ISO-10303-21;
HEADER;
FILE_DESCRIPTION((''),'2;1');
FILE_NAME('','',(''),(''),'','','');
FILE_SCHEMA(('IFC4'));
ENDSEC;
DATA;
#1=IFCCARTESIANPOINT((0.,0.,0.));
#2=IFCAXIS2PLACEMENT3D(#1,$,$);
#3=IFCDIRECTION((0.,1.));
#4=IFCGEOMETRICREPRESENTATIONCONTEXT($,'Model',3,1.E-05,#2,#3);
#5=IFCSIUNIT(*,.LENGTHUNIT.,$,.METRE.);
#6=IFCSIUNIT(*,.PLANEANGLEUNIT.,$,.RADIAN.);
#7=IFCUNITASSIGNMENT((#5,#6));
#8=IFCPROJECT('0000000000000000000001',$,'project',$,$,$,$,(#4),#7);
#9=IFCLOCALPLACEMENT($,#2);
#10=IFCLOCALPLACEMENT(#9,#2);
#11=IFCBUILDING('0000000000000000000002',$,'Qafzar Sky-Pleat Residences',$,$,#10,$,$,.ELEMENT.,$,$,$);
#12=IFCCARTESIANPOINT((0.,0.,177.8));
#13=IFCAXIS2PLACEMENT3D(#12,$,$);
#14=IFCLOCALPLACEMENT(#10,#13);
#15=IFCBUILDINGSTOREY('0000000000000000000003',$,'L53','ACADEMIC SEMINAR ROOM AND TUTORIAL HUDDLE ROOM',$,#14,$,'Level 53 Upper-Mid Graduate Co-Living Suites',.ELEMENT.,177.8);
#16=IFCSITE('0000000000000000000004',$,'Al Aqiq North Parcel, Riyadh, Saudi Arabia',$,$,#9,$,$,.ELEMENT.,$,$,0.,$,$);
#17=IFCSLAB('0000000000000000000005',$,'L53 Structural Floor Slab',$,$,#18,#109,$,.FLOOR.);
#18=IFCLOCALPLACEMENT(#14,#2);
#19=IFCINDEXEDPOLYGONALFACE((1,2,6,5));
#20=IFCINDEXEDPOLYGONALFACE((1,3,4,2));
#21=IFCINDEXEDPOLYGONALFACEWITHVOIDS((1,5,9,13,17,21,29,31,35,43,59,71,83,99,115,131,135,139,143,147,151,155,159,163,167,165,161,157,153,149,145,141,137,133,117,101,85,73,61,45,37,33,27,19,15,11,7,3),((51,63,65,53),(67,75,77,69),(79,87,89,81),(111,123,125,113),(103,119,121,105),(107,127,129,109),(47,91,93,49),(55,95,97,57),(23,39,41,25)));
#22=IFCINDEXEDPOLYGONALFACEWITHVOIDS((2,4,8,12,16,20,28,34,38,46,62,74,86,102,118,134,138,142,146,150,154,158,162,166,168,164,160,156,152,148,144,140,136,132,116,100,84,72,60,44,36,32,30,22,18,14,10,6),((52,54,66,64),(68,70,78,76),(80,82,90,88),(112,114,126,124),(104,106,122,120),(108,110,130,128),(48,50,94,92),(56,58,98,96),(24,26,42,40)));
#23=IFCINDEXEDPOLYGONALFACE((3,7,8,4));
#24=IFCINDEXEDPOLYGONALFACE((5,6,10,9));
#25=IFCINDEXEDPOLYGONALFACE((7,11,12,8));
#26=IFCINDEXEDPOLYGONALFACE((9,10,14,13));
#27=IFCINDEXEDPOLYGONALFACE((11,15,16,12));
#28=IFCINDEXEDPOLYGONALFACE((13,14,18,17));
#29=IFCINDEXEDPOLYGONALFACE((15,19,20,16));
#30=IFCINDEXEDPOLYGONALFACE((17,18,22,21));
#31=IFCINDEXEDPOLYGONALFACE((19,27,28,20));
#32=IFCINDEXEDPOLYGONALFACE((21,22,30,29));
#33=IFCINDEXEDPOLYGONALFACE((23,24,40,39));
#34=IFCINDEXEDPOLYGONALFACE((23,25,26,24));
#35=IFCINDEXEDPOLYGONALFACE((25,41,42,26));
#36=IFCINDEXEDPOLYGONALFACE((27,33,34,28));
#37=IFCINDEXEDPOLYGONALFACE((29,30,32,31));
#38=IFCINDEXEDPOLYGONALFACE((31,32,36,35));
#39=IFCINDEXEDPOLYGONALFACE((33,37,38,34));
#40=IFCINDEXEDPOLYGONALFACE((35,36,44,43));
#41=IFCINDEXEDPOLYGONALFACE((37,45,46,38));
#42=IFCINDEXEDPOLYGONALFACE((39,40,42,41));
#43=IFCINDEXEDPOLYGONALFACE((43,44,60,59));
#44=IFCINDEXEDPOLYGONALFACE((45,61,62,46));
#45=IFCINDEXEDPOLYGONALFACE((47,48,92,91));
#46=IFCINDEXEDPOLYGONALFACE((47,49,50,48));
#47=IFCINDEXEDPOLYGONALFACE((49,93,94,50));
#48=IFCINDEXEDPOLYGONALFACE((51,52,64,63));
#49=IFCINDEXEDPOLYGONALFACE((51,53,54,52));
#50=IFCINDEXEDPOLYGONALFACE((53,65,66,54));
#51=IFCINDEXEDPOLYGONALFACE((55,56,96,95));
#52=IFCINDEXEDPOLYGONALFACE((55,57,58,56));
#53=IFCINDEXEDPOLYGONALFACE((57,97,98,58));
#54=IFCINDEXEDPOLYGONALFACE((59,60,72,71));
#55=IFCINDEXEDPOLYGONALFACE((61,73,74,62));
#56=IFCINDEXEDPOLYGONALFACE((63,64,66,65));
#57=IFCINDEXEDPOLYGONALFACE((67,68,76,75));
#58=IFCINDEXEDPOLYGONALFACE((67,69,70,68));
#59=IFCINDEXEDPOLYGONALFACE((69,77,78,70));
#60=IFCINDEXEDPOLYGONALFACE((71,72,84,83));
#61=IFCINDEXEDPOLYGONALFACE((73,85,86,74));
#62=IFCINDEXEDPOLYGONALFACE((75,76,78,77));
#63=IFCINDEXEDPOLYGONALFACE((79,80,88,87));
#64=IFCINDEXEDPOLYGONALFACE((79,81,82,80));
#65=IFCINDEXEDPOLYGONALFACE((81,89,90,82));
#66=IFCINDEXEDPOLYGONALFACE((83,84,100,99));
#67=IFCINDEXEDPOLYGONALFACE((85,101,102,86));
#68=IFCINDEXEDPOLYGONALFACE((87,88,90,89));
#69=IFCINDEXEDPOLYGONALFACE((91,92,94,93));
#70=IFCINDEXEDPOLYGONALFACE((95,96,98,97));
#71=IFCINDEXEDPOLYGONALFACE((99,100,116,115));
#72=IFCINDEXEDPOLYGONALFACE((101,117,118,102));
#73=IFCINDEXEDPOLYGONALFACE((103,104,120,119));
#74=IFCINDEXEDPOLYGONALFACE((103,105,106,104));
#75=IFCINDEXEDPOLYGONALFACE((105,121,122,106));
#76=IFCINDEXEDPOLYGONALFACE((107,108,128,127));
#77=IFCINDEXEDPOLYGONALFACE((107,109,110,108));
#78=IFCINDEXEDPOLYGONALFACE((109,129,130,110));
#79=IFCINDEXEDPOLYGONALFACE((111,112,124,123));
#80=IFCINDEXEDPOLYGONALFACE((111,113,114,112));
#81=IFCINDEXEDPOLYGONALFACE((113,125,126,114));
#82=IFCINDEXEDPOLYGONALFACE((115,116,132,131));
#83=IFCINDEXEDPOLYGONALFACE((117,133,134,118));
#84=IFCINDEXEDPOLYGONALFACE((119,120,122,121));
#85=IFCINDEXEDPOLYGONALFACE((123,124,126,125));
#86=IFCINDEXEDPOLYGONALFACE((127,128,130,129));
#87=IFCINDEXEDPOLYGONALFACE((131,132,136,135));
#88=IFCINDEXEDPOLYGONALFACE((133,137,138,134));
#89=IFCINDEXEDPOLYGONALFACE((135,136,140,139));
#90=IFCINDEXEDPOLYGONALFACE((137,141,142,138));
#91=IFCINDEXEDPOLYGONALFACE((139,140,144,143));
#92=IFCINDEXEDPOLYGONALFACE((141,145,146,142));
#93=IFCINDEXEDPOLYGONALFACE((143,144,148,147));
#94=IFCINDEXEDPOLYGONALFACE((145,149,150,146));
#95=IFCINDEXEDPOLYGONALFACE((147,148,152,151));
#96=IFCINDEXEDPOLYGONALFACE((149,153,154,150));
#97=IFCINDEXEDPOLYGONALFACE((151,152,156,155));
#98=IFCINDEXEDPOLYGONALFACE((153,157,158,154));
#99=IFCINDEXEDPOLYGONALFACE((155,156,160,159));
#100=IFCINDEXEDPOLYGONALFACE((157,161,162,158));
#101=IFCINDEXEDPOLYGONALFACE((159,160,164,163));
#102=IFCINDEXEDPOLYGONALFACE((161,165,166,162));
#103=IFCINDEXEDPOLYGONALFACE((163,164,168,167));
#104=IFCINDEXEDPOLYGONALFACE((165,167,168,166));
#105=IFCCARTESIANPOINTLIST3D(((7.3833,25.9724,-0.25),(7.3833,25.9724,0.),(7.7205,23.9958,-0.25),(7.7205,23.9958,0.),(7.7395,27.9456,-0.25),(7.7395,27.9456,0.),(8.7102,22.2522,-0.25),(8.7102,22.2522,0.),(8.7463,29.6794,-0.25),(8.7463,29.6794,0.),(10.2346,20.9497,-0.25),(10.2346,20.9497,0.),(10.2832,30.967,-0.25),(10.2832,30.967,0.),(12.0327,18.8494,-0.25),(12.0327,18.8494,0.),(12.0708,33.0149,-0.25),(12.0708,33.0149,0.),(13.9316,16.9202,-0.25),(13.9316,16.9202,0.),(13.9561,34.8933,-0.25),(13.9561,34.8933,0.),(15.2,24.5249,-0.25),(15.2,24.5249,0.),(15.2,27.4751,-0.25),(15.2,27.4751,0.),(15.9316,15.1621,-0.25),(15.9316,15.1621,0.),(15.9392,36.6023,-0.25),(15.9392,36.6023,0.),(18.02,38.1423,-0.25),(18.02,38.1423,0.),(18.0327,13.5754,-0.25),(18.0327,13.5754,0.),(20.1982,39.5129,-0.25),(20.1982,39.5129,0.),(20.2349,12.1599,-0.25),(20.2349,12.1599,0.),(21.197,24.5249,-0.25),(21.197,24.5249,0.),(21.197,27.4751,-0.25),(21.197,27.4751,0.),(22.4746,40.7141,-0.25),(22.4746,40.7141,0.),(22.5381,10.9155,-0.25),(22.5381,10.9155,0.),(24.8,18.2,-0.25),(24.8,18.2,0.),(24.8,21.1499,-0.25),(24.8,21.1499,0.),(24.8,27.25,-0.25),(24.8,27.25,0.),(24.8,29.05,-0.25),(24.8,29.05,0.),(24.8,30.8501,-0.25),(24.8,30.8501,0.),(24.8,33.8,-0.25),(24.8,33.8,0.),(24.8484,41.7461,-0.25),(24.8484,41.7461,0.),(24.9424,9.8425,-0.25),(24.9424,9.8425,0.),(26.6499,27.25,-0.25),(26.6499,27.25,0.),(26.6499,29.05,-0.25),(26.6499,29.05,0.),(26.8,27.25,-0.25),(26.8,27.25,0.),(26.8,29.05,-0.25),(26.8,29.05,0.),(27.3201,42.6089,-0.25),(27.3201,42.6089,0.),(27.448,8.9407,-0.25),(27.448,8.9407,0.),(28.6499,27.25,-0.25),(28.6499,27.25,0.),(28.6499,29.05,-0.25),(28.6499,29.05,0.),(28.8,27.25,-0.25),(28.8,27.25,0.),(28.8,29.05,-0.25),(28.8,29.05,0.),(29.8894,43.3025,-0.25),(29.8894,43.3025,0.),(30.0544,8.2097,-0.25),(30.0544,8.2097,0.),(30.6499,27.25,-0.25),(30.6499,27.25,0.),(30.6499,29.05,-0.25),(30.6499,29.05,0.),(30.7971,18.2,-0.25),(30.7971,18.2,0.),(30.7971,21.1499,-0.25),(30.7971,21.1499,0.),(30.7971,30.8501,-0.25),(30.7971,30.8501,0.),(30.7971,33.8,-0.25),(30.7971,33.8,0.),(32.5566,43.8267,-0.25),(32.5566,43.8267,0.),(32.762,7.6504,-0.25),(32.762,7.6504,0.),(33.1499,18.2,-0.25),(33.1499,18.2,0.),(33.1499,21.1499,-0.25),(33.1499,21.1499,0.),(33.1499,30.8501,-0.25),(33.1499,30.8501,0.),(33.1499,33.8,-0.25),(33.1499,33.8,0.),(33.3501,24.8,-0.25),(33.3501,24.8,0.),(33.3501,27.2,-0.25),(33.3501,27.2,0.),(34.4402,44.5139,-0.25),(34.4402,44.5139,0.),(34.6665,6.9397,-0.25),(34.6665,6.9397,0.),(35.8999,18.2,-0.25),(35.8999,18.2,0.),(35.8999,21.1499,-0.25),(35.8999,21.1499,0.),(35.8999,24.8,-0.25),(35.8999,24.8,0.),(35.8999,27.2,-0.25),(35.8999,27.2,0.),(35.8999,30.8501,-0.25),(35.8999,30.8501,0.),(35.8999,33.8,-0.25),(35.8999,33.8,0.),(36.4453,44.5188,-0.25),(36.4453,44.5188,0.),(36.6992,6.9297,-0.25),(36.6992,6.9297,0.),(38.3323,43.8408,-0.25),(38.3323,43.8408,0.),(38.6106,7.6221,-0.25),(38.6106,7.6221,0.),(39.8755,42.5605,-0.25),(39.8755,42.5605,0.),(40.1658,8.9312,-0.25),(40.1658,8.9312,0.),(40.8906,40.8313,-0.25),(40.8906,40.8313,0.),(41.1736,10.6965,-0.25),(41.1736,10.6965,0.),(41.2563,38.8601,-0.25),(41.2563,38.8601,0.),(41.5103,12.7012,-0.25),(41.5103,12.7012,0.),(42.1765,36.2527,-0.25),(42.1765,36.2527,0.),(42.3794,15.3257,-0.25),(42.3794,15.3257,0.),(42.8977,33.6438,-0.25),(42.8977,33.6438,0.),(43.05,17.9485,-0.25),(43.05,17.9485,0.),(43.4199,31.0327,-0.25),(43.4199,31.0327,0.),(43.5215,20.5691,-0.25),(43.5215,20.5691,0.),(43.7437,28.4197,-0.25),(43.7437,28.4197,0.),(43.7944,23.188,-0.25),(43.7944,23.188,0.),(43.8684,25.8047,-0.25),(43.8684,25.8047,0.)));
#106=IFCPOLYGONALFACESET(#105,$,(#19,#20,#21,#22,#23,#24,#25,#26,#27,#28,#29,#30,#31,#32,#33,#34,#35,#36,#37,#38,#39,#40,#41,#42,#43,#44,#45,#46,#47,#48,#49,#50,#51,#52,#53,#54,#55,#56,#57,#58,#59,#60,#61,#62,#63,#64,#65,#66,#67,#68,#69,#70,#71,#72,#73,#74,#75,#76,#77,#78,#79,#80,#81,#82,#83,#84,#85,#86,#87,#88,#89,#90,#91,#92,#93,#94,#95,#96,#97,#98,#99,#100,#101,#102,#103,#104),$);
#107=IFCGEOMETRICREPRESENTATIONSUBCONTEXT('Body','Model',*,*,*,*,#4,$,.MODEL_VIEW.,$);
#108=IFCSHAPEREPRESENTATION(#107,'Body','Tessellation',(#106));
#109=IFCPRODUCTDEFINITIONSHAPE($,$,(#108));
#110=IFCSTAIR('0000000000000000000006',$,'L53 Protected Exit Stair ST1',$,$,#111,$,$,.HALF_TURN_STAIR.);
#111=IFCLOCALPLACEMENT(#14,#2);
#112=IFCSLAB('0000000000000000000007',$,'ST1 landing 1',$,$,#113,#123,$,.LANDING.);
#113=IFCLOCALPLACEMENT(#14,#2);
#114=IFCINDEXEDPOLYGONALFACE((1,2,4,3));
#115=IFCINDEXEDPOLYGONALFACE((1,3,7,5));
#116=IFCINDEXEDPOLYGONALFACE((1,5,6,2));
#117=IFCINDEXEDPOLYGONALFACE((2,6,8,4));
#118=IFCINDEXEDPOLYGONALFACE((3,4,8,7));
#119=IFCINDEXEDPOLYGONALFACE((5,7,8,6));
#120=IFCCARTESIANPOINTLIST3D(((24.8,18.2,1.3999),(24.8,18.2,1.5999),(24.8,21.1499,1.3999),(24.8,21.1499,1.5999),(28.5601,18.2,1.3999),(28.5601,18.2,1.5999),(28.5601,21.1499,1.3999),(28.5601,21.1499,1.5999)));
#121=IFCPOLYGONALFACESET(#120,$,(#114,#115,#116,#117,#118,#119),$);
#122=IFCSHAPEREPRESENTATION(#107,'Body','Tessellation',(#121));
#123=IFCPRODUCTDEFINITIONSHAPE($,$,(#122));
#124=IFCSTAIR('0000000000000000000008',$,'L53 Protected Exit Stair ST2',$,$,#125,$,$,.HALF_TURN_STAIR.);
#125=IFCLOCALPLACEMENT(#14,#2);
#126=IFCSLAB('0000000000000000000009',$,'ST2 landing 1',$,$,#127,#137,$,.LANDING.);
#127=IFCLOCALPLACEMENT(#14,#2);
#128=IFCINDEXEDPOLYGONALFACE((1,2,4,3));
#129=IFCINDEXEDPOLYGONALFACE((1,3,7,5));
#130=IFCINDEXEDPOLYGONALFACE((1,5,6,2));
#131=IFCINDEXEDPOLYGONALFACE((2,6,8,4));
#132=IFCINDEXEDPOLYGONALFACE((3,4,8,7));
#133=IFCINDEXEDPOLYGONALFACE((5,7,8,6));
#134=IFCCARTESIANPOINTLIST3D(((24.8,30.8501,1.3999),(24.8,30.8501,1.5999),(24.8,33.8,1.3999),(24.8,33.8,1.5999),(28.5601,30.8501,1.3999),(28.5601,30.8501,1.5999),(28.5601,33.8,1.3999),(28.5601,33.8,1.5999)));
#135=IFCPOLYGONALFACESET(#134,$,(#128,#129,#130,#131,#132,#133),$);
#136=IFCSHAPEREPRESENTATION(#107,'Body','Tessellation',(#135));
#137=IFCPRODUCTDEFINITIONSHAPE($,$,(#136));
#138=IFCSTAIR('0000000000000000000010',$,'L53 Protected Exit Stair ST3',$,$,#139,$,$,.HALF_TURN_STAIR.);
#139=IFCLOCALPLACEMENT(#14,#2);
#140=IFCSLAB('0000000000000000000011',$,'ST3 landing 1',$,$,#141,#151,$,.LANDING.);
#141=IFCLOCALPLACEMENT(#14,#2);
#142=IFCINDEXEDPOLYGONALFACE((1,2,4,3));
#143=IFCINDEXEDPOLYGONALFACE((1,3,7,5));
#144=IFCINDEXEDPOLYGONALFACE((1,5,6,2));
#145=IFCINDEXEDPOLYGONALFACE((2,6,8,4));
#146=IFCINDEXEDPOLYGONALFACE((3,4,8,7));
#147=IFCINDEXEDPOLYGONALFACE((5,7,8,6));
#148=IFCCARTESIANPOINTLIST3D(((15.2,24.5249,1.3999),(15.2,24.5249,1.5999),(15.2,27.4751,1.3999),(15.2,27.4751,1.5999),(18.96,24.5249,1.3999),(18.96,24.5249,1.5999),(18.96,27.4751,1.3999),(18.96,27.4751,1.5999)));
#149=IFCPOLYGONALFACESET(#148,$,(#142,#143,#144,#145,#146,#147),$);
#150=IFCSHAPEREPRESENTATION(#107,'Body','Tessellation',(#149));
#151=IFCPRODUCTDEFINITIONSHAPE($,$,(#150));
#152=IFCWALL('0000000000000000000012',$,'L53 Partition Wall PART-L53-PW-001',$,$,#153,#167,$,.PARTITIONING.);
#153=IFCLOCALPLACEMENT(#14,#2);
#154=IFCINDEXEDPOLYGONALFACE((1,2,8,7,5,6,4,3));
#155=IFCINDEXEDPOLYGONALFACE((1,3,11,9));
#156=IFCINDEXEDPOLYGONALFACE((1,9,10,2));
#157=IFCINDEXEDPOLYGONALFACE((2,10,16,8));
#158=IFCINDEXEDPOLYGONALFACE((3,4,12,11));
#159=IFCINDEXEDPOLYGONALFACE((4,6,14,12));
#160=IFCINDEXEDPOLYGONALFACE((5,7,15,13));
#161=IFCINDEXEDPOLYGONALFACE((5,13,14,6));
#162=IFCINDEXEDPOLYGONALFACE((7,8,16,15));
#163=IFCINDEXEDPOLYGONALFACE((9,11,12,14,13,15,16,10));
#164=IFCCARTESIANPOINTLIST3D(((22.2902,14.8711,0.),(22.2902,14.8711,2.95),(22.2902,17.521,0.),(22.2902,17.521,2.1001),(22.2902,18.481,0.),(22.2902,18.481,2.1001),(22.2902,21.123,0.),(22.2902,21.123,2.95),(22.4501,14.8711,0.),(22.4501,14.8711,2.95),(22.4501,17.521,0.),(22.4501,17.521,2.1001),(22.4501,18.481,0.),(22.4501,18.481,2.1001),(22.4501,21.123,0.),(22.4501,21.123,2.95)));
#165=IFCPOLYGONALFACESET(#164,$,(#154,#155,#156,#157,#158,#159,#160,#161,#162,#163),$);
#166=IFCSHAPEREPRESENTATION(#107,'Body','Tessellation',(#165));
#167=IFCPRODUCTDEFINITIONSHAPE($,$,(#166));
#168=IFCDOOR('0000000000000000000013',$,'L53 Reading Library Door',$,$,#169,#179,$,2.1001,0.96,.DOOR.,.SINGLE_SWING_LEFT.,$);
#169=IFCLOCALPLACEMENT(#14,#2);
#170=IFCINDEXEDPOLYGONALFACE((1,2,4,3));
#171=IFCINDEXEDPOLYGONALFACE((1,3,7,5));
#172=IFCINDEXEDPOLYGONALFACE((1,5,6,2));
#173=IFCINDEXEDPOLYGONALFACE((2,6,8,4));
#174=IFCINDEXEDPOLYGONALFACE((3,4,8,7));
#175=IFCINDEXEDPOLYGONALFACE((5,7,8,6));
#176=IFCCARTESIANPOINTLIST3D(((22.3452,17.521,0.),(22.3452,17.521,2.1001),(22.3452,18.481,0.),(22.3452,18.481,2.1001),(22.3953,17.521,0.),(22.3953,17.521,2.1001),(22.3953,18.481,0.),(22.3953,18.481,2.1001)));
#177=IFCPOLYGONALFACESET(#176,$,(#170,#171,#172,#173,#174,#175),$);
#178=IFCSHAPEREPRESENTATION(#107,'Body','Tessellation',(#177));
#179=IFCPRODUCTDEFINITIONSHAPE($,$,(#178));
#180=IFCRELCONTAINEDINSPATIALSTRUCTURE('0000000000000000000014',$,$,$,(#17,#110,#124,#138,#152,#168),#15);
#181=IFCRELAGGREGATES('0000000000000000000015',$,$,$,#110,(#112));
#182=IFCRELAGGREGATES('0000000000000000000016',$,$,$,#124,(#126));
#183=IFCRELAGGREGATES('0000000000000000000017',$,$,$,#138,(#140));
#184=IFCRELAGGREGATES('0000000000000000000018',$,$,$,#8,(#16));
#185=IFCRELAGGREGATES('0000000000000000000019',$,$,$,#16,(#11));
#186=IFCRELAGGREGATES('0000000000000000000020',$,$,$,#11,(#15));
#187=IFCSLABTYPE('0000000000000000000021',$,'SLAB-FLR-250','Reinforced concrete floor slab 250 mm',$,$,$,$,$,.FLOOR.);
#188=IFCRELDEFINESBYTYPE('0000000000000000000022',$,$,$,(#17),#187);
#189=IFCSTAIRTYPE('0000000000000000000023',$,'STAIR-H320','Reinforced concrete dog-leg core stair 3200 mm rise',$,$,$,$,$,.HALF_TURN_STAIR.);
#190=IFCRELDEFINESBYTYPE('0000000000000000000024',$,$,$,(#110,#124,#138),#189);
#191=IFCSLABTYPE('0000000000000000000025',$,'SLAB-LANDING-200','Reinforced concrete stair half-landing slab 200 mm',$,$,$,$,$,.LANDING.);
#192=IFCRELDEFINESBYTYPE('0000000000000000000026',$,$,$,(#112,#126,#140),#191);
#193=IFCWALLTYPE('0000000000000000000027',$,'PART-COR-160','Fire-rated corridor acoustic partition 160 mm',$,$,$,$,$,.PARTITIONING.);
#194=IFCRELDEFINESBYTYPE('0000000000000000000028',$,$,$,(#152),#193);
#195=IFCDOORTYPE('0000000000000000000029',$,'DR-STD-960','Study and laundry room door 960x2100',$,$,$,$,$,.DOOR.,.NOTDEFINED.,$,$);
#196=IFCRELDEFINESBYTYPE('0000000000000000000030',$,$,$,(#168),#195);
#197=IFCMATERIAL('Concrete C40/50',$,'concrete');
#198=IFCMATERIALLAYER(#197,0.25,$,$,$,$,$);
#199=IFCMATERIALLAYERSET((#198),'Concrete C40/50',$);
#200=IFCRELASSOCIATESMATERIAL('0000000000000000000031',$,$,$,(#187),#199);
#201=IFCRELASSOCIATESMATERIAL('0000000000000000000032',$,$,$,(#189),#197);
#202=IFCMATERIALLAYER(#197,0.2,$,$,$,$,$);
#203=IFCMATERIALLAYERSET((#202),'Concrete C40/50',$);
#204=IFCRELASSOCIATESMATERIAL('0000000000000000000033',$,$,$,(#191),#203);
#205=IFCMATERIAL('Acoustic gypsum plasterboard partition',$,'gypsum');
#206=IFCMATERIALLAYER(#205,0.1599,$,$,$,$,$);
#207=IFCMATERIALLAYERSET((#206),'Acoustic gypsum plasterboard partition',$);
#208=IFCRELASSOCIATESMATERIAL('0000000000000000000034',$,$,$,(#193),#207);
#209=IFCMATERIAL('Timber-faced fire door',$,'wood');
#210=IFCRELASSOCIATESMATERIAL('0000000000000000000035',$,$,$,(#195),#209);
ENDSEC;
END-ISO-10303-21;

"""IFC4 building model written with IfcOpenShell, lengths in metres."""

from ifc_helpers import new_model, si_unit, direction, frame, frame_2d, origin, place, context, subcontext, project, spatial, polyline, rectangle, outline, extrude, source, transform, mapped, material, layer, layer_set, type_object, element, fill, aggregate, save


model = new_model("IFC4")

# Units and contexts
model_context = context("Model", 3, precision=1e-05, world=origin(), true_north=direction((0.0, 1.0)))
body_context = subcontext(model_context, "Body", "Model", "MODEL_VIEW")
ifc_project = project(units=[si_unit("LENGTHUNIT", "METRE"), si_unit("PLANEANGLEUNIT", "RADIAN")], contexts=[model_context])

# Site, building, storey
site_placement = place(None, origin())
site = spatial("IfcSite", under=ifc_project, at=site_placement, Name="Al Aqiq North Parcel, Riyadh, Saudi Arabia", CompositionType="ELEMENT", RefElevation=0.0)
building_placement = place(site_placement, origin())
building = spatial("IfcBuilding", under=site, at=building_placement, Name="Qafzar Sky-Pleat Residences", CompositionType="ELEMENT")
storey_placement = place(building_placement, frame((0.0, 0.0, 177.8)))
storey = spatial("IfcBuildingStorey", under=building, at=storey_placement, Name="L53", Description="ACADEMIC SEMINAR ROOM AND TUTORIAL HUDDLE ROOM", LongName="Level 53 Upper-Mid Graduate Co-Living Suites", CompositionType="ELEMENT", Elevation=177.8)

# Slab
ifc_material_1 = material(Name="Concrete C40/50", Category="concrete")
ifc_layer_1 = layer(ifc_material_1, 0.25)
ifc_layer_set_1 = layer_set([ifc_layer_1], Name="Concrete C40/50")
slab_type_1 = type_object("IfcSlabType", Name="SLAB-FLR-250", Description="Reinforced concrete floor slab 250 mm", PredefinedType="FLOOR", material=ifc_layer_set_1)
slab_1_placement = place(storey_placement, frame((0.0, 0.0, -0.25)))
element("IfcSlab", 1, at=slab_1_placement, inside=storey, type_object=slab_type_1, Name="L53 Structural Floor Slab", PredefinedType="FLOOR", context=body_context, shape_type="SweptSolid", body=[
    extrude(outline(polyline([(10.2832, 30.967), (8.7463, 29.6794), (7.7395, 27.9456), (7.3833, 25.9724), (7.7205, 23.9958), (8.7102, 22.2522), (10.2346, 20.9497), (12.0327, 18.8494), (13.9316, 16.9202), (15.9316, 15.1621), (18.0327, 13.5754), (20.2349, 12.1599), (22.5381, 10.9155), (24.9424, 9.8425), (27.448, 8.9407), (30.0544, 8.2097), (32.762, 7.6504), (34.6665, 6.9397), (36.6992, 6.9297), (38.6106, 7.6221), (40.1658, 8.9312), (41.1736, 10.6965), (41.5103, 12.7012), (42.3794, 15.3257), (43.05, 17.9485), (43.5215, 20.5691), (43.7944, 23.188), (43.8684, 25.8047), (43.7437, 28.4197), (43.4199, 31.0327), (42.8977, 33.6438), (42.1765, 36.2527), (41.2563, 38.8601), (40.8906, 40.8313), (39.8755, 42.5605), (38.3323, 43.8408), (36.4453, 44.5188), (34.4402, 44.5139), (32.5566, 43.8267), (29.8894, 43.3025), (27.3201, 42.6089), (24.8484, 41.7461), (22.4746, 40.7141), (20.1982, 39.5129), (18.02, 38.1423), (15.9392, 36.6023), (13.9561, 34.8933), (12.0708, 33.0149), (10.2832, 30.967)]), holes=[polyline([(30.7971, 21.1499), (24.8, 21.1499), (24.8, 18.2), (30.7971, 18.2), (30.7971, 21.1499)]), polyline([(30.7971, 33.8), (24.8, 33.8), (24.8, 30.8501), (30.7971, 30.8501), (30.7971, 33.8)]), polyline([(21.197, 27.4751), (15.2, 27.4751), (15.2, 24.5249), (21.197, 24.5249), (21.197, 27.4751)]), polyline([(24.8, 27.25), (26.6499, 27.25), (26.6499, 29.05), (24.8, 29.05), (24.8, 27.25)]), polyline([(26.8, 27.25), (28.6499, 27.25), (28.6499, 29.05), (26.8, 29.05), (26.8, 27.25)]), polyline([(28.8, 27.25), (30.6499, 27.25), (30.6499, 29.05), (28.8, 29.05), (28.8, 27.25)]), polyline([(33.1499, 18.2), (35.8999, 18.2), (35.8999, 21.1499), (33.1499, 21.1499), (33.1499, 18.2)]), polyline([(33.1499, 30.8501), (35.8999, 30.8501), (35.8999, 33.8), (33.1499, 33.8), (33.1499, 30.8501)]), polyline([(33.3501, 24.8), (35.8999, 24.8), (35.8999, 27.2), (33.3501, 27.2), (33.3501, 24.8)])]), origin(), (0.0, 0.0, 1.0), 0.25),
])

# Stairs, slabs
stair_type = type_object("IfcStairType", Name="STAIR-H320", Description="Reinforced concrete dog-leg core stair 3200 mm rise", PredefinedType="HALF_TURN_STAIR", material=ifc_material_1)
stair_1_placement = place(storey_placement, origin())
stair_1 = element("IfcStair", 2, at=stair_1_placement, inside=storey, type_object=stair_type, Name="L53 Protected Exit Stair ST1", PredefinedType="HALF_TURN_STAIR")
ifc_layer_2 = layer(ifc_material_1, 0.2)
ifc_layer_set_2 = layer_set([ifc_layer_2], Name="Concrete C40/50")
slab_type_2 = type_object("IfcSlabType", Name="SLAB-LANDING-200", Description="Reinforced concrete stair half-landing slab 200 mm", PredefinedType="LANDING", material=ifc_layer_set_2)
slab_2_placement = place(storey_placement, frame((0.0, 0.0, 1.3999)))
slab_2 = element("IfcSlab", 3, at=slab_2_placement, type_object=slab_type_2, Name="ST1 landing 1", PredefinedType="LANDING", context=body_context, shape_type="SweptSolid", body=[
    extrude(outline(polyline([(28.5601, 21.1499), (24.8, 21.1499), (24.8, 18.2), (28.5601, 18.2), (28.5601, 21.1499)])), origin(), (0.0, 0.0, 1.0), 0.2),
])
aggregate(stair_1, [slab_2])
stair_2_placement = place(storey_placement, origin())
stair_2 = element("IfcStair", 4, at=stair_2_placement, inside=storey, type_object=stair_type, Name="L53 Protected Exit Stair ST2", PredefinedType="HALF_TURN_STAIR")
slab_3_placement = place(storey_placement, frame((0.0, 0.0, 1.3999)))
slab_3 = element("IfcSlab", 5, at=slab_3_placement, type_object=slab_type_2, Name="ST2 landing 1", PredefinedType="LANDING", context=body_context, shape_type="SweptSolid", body=[
    extrude(outline(polyline([(28.5601, 33.8), (24.8, 33.8), (24.8, 30.8501), (28.5601, 30.8501), (28.5601, 33.8)])), origin(), (0.0, 0.0, 1.0), 0.2),
])
aggregate(stair_2, [slab_3])
stair_3_placement = place(storey_placement, origin())
stair_3 = element("IfcStair", 6, at=stair_3_placement, inside=storey, type_object=stair_type, Name="L53 Protected Exit Stair ST3", PredefinedType="HALF_TURN_STAIR")
slab_4_placement = place(storey_placement, frame((0.0, 0.0, 1.3999)))
slab_4 = element("IfcSlab", 7, at=slab_4_placement, type_object=slab_type_2, Name="ST3 landing 1", PredefinedType="LANDING", context=body_context, shape_type="SweptSolid", body=[
    extrude(outline(polyline([(18.96, 27.4751), (15.2, 27.4751), (15.2, 24.5249), (18.96, 24.5249), (18.96, 27.4751)])), origin(), (0.0, 0.0, 1.0), 0.2),
])
aggregate(stair_3, [slab_4])

# Wall, opening, door
ifc_material_2 = material(Name="Acoustic gypsum plasterboard partition", Category="gypsum")
ifc_layer_3 = layer(ifc_material_2, 0.1599)
ifc_layer_set_3 = layer_set([ifc_layer_3], Name="Acoustic gypsum plasterboard partition")
wall_type_1 = type_object("IfcWallType", Name="PART-COR-160", Description="Fire-rated corridor acoustic partition 160 mm", PredefinedType="PARTITIONING", material=ifc_layer_set_3)
wall_1_placement = place(storey_placement, frame((22.3701, 14.8711, 0.0), z_axis=(0.0, 0.0, 1.0), x_axis=(0.0, 1.0, 0.0)))
wall_1 = element("IfcWall", 8, at=wall_1_placement, inside=storey, type_object=wall_type_1, Name="L53 Partition Wall PART-L53-PW-001", PredefinedType="PARTITIONING", context=body_context, shape_type="SweptSolid", body=[
    extrude(rectangle(XDim=6.252, YDim=0.1599, at=frame_2d((3.126, 0.0))), origin(), (0.0, 0.0, 1.0), 2.95),
])
opening_1_placement = place(wall_1_placement, frame((2.6499, 0.0, 0.0)))
opening_1 = element("IfcOpeningElement", 9, at=opening_1_placement, cuts=wall_1, PredefinedType="OPENING", context=body_context, shape_type="SweptSolid", body=[
    extrude(rectangle(XDim=0.96, YDim=2.1001, at=frame_2d((0.48, 1.05))), frame((0.0, 0.0898, 0.0), z_axis=(0.0, -1.0, 0.0), x_axis=(1.0, 0.0, 0.0)), (0.0, 0.0, 1.0), 0.1799),
])
ifc_material_3 = material(Name="Timber-faced fire door", Category="wood")
door_type = type_object("IfcDoorType", Name="DR-STD-960", Description="Study and laundry room door 960x2100", OperationType="NOTDEFINED", PredefinedType="DOOR", material=ifc_material_3)
shared_shape_1 = source(origin(), body_context, "Body", "SweptSolid", [
    extrude(rectangle(XDim=0.96, YDim=2.1001, at=frame_2d((0.48, 1.05))), frame((0.0, 0.0249, 0.0), z_axis=(0.0, -1.0, 0.0), x_axis=(1.0, 0.0, 0.0)), (0.0, 0.0, 1.0), 0.05),
])
door_placement = place(opening_1_placement, origin())
door = element("IfcDoor", 10, at=door_placement, inside=storey, type_object=door_type, Name="L53 Reading Library Door", OperationType="SINGLE_SWING_LEFT", OverallHeight=2.1001, OverallWidth=0.96, PredefinedType="DOOR", context=body_context, shape_type="MappedRepresentation", body=[
    mapped(shared_shape_1, transform((0.0, 0.0, 0.0), x_axis=(1.0, 0.0, 0.0), y_axis=(0.0, 1.0, 0.0), z_axis=(0.0, 0.0, 1.0), scale=1.0)),
])
fill(opening_1, door)

save(model, "model.ifc")
